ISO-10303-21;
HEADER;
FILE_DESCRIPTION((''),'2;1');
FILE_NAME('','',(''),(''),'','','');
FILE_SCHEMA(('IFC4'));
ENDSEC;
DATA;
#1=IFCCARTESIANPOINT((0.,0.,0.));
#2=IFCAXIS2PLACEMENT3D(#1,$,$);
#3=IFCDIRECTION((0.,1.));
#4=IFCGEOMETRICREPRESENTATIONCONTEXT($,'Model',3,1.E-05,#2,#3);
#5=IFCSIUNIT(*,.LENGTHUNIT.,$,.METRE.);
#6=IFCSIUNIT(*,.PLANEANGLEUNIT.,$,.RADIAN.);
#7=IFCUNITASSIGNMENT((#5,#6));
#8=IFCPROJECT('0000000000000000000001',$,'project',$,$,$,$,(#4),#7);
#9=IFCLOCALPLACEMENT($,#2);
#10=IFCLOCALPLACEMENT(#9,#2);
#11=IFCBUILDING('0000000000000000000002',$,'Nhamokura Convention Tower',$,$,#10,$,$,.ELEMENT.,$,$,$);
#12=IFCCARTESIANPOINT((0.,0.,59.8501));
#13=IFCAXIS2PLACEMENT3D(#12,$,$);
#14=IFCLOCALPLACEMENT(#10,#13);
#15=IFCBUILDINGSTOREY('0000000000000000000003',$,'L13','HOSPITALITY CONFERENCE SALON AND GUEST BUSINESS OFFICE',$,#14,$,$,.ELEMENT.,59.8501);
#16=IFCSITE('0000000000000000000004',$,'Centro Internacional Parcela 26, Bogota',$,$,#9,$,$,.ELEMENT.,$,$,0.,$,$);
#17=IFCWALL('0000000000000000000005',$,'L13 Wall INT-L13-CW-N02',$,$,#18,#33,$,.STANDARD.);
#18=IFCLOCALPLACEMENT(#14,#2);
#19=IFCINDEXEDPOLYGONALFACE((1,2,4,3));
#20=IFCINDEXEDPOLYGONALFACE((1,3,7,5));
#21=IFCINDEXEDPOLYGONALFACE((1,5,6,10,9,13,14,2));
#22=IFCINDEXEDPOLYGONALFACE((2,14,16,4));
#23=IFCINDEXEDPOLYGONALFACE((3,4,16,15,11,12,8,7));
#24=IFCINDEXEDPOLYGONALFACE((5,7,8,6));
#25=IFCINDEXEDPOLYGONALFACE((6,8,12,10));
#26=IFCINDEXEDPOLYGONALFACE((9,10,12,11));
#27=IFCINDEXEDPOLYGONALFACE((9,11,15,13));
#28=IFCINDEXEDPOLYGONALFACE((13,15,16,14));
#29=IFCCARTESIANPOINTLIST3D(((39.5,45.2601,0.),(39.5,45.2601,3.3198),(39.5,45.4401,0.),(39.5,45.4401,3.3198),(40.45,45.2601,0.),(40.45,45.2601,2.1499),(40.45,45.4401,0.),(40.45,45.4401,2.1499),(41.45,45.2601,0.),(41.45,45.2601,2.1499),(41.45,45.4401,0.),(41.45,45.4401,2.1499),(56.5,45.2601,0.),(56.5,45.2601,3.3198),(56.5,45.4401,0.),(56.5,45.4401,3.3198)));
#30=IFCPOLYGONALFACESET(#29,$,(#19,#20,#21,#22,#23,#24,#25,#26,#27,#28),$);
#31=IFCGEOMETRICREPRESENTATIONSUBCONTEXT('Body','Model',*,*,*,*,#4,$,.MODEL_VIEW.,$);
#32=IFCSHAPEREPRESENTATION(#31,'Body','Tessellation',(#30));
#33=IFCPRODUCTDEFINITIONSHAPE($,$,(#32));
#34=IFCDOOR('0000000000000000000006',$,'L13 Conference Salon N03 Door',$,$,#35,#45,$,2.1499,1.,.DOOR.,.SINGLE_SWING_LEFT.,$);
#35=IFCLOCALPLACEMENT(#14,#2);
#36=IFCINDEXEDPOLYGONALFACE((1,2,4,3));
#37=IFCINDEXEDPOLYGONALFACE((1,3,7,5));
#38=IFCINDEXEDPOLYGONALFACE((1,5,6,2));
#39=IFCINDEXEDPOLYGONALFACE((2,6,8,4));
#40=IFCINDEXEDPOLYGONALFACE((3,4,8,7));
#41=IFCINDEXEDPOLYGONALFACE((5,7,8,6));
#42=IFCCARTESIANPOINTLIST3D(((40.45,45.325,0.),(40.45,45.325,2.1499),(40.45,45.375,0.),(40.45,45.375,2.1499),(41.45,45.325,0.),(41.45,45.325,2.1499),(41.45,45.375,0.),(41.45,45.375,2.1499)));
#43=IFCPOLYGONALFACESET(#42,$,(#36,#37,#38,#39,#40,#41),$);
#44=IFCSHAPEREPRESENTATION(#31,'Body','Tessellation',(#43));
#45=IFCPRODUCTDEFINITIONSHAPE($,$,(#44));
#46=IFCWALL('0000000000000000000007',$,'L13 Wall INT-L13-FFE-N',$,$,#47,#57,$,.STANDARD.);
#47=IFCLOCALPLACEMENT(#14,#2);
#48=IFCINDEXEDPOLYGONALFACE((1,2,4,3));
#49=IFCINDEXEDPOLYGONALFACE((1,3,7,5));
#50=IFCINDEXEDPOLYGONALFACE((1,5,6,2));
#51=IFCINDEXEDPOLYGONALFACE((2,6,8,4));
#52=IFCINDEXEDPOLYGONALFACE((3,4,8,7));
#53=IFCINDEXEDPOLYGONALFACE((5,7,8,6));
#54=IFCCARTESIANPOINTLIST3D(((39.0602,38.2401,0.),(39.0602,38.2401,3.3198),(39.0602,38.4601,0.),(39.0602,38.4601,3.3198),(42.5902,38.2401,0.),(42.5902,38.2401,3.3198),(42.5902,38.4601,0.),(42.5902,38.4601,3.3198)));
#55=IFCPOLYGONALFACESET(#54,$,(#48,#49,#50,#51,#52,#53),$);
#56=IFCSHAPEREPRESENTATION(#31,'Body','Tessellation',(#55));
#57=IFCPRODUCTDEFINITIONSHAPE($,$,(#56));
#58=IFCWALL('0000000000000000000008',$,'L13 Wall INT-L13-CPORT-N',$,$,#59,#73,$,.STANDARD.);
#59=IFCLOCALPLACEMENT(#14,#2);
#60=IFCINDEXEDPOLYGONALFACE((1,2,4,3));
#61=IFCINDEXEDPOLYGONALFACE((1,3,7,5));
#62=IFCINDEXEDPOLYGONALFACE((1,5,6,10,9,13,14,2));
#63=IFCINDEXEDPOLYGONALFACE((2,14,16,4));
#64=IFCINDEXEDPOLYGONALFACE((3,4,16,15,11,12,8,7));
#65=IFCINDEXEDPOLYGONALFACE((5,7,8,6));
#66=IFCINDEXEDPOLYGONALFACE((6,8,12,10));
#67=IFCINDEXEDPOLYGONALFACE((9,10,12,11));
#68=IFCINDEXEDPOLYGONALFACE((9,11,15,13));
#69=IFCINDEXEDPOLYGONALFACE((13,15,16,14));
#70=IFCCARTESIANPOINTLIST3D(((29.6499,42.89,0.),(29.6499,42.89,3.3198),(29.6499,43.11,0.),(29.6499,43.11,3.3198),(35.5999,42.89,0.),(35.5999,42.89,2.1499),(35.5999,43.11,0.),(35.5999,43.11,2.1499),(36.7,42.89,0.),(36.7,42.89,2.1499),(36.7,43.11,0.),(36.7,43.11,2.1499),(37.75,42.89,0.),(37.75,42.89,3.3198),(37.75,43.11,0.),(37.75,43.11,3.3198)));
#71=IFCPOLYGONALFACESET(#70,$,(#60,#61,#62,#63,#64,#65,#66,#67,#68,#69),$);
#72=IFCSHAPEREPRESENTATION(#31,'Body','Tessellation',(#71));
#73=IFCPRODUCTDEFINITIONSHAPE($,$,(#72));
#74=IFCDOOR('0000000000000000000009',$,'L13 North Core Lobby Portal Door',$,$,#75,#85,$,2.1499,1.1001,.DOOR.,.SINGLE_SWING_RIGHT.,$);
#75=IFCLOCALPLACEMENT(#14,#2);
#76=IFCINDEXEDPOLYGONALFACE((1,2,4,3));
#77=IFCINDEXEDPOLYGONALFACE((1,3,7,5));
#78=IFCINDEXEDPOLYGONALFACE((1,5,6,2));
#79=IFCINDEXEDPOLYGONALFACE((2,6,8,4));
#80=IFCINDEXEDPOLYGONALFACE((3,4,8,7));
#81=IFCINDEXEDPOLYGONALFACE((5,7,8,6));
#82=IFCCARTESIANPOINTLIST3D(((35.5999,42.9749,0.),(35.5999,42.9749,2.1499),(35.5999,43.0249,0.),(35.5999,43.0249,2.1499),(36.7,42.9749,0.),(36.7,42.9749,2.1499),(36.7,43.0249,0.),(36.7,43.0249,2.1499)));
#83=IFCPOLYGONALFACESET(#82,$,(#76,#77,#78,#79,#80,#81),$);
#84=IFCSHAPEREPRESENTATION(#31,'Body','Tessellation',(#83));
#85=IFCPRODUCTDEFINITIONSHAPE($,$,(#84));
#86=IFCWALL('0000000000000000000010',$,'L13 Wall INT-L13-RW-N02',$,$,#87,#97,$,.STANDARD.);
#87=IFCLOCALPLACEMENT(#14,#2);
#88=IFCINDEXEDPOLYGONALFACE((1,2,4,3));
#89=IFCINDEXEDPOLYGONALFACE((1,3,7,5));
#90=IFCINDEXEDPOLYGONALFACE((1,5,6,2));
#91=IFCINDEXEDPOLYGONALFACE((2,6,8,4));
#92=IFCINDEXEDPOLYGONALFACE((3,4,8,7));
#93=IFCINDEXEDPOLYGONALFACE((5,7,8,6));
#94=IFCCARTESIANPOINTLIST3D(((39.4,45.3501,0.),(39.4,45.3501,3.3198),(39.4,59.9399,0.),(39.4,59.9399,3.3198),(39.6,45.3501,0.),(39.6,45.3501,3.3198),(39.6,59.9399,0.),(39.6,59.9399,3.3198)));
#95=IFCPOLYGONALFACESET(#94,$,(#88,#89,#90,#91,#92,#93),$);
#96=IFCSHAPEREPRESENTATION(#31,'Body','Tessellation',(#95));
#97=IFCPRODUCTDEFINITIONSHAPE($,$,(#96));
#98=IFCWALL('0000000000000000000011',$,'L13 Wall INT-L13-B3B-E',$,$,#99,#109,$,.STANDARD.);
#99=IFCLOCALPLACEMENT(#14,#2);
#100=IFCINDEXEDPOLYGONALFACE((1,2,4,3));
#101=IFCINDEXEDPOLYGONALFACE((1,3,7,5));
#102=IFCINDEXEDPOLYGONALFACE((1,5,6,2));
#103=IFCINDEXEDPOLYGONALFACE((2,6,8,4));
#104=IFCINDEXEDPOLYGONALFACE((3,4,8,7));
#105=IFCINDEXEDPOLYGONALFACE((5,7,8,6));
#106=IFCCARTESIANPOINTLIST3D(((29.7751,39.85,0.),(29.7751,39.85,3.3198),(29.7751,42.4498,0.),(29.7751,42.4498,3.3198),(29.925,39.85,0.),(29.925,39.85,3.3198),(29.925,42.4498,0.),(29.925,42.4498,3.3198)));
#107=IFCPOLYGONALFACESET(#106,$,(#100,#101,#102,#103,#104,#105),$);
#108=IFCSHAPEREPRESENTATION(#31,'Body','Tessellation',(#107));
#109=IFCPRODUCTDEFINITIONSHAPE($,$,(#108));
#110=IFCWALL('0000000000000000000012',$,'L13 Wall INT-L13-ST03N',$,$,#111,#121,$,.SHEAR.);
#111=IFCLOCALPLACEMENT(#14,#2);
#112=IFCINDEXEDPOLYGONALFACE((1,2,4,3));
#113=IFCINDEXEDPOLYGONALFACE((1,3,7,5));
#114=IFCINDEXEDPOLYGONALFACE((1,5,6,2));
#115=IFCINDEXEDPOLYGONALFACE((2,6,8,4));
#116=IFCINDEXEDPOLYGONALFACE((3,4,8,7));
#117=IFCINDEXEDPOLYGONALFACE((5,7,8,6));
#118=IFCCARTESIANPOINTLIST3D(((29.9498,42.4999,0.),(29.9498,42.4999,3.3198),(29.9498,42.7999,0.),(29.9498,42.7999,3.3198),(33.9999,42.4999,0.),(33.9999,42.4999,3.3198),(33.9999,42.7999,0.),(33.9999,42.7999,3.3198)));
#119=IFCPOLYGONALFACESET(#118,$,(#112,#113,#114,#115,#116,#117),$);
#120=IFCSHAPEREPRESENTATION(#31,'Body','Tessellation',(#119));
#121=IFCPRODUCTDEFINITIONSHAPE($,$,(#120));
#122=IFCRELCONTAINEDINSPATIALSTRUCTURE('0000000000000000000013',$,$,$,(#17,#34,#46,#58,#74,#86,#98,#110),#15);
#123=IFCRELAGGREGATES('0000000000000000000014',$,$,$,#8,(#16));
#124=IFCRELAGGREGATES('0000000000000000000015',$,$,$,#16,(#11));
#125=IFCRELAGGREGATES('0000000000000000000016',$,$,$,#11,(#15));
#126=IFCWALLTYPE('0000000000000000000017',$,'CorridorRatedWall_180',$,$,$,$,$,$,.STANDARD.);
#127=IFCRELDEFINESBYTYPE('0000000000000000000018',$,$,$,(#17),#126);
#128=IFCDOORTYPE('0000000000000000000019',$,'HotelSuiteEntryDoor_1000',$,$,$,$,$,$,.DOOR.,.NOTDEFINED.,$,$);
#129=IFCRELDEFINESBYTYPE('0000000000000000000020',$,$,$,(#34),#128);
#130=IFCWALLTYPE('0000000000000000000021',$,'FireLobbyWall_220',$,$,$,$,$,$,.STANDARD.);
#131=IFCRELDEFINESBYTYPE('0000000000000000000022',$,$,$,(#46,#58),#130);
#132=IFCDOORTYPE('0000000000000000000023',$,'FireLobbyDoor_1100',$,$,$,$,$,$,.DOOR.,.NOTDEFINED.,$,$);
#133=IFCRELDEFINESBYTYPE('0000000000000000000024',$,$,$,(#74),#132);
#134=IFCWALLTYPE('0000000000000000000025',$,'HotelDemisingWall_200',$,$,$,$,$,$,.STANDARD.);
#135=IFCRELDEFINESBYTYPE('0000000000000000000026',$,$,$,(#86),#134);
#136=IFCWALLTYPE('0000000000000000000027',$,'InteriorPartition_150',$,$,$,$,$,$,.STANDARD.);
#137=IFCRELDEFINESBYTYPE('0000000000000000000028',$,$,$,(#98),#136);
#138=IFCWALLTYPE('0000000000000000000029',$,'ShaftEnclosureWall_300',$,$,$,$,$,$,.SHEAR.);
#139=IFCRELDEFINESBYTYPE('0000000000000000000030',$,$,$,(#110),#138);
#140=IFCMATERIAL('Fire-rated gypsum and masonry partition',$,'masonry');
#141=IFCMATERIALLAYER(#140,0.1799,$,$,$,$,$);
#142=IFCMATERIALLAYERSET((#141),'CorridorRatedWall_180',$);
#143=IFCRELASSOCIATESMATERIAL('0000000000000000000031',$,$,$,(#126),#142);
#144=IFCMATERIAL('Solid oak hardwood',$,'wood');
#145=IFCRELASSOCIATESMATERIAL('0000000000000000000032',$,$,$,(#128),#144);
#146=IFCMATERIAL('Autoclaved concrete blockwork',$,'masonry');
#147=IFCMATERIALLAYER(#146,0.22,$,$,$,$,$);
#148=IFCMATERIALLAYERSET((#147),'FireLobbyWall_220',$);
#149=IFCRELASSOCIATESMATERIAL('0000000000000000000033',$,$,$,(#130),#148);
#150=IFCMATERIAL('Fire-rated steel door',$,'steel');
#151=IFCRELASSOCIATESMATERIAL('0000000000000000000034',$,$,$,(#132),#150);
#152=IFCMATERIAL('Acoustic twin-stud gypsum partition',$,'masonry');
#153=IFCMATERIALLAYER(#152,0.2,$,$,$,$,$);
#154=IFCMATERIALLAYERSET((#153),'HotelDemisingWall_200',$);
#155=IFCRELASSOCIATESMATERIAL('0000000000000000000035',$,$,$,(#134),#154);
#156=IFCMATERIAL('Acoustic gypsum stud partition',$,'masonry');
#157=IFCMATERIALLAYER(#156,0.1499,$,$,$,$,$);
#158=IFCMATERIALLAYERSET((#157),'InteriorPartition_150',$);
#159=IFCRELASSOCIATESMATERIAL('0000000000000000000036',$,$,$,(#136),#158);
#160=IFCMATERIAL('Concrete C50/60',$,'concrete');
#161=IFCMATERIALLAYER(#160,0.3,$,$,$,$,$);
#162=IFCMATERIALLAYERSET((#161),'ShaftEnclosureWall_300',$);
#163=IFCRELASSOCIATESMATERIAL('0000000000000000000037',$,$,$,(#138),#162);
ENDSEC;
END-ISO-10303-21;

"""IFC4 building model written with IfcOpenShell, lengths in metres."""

from ifc_helpers import new_model, si_unit, direction, frame, frame_2d, origin, place, context, subcontext, project, spatial, rectangle, extrude, material, layer, layer_set, type_object, element, fill, save


model = new_model("IFC4")

# Units and contexts
model_context = context("Model", 3, precision=1e-05, world=origin(), true_north=direction((0.0, 1.0)))
body_context = subcontext(model_context, "Body", "Model", "MODEL_VIEW")
ifc_project = project(units=[si_unit("LENGTHUNIT", "METRE"), si_unit("PLANEANGLEUNIT", "RADIAN")], contexts=[model_context])

# Site, building, storey
site_placement = place(None, origin())
site = spatial("IfcSite", under=ifc_project, at=site_placement, Name="Centro Internacional Parcela 26, Bogota", CompositionType="ELEMENT", RefElevation=0.0)
building_placement = place(site_placement, origin())
building = spatial("IfcBuilding", under=site, at=building_placement, Name="Nhamokura Convention Tower", CompositionType="ELEMENT")
storey_placement = place(building_placement, frame((0.0, 0.0, 59.8501)))
storey = spatial("IfcBuildingStorey", under=building, at=storey_placement, Name="L13", Description="HOSPITALITY CONFERENCE SALON AND GUEST BUSINESS OFFICE", CompositionType="ELEMENT", Elevation=59.8501)

# Wall, opening, door
ifc_material_1 = material(Name="Fire-rated gypsum and masonry partition", Category="masonry")
ifc_layer_1 = layer(ifc_material_1, 0.1799)
ifc_layer_set_1 = layer_set([ifc_layer_1], Name="CorridorRatedWall_180")
wall_type_1 = type_object("IfcWallType", Name="CorridorRatedWall_180", PredefinedType="STANDARD", material=ifc_layer_set_1)
wall_1_placement = place(storey_placement, frame((39.5, 45.3501, 0.0), z_axis=(0.0, 0.0, 1.0), x_axis=(1.0, 0.0, 0.0)))
wall_1 = element("IfcWall", 1, at=wall_1_placement, inside=storey, type_object=wall_type_1, Name="L13 Wall INT-L13-CW-N02", PredefinedType="STANDARD", context=body_context, shape_type="SweptSolid", body=[
    extrude(rectangle(XDim=17.0, YDim=0.1799, at=frame_2d((8.5, 0.0))), origin(), (0.0, 0.0, 1.0), 3.3198),
])
opening_1_placement = place(wall_1_placement, frame((0.95, 0.0, 0.0)))
opening_1 = element("IfcOpeningElement", 2, at=opening_1_placement, cuts=wall_1, PredefinedType="OPENING", context=body_context, shape_type="SweptSolid", body=[
    extrude(rectangle(XDim=1.0, YDim=2.1499, at=frame_2d((0.5, 1.075))), frame((0.0, 0.0999, 0.0), z_axis=(0.0, -1.0, 0.0), x_axis=(1.0, 0.0, 0.0)), (0.0, 0.0, 1.0), 0.2),
])
ifc_material_2 = material(Name="Solid oak hardwood", Category="wood")
door_type_1 = type_object("IfcDoorType", Name="HotelSuiteEntryDoor_1000", OperationType="NOTDEFINED", PredefinedType="DOOR", material=ifc_material_2)
door_1_placement = place(opening_1_placement, origin())
door_1 = element("IfcDoor", 3, at=door_1_placement, inside=storey, type_object=door_type_1, Name="L13 Conference Salon N03 Door", OperationType="SINGLE_SWING_LEFT", OverallHeight=2.1499, OverallWidth=1.0, PredefinedType="DOOR", context=body_context, shape_type="SweptSolid", body=[
    extrude(rectangle(XDim=1.0, YDim=2.1499, at=frame_2d((0.5, 1.075))), frame((0.0, 0.0249, 0.0), z_axis=(0.0, -1.0, 0.0), x_axis=(1.0, 0.0, 0.0)), (0.0, 0.0, 1.0), 0.05),
])
fill(opening_1, door_1)

# Wall
ifc_material_3 = material(Name="Autoclaved concrete blockwork", Category="masonry")
ifc_layer_2 = layer(ifc_material_3, 0.22)
ifc_layer_set_2 = layer_set([ifc_layer_2], Name="FireLobbyWall_220")
wall_type_2 = type_object("IfcWallType", Name="FireLobbyWall_220", PredefinedType="STANDARD", material=ifc_layer_set_2)
wall_2_placement = place(storey_placement, frame((39.0601, 38.3501, 0.0), z_axis=(0.0, 0.0, 1.0), x_axis=(1.0, 0.0, 0.0)))
element("IfcWall", 4, at=wall_2_placement, inside=storey, type_object=wall_type_2, Name="L13 Wall INT-L13-FFE-N", PredefinedType="STANDARD", context=body_context, shape_type="SweptSolid", body=[
    extrude(rectangle(XDim=3.53, YDim=0.22, at=frame_2d((1.7651, 0.0))), origin(), (0.0, 0.0, 1.0), 3.3198),
])

# Wall, opening, door
wall_3_placement = place(storey_placement, frame((29.6499, 43.0, 0.0), z_axis=(0.0, 0.0, 1.0), x_axis=(1.0, 0.0, 0.0)))
wall_3 = element("IfcWall", 5, at=wall_3_placement, inside=storey, type_object=wall_type_2, Name="L13 Wall INT-L13-CPORT-N", PredefinedType="STANDARD", context=body_context, shape_type="SweptSolid", body=[
    extrude(rectangle(XDim=8.1001, YDim=0.22, at=frame_2d((4.05, 0.0))), origin(), (0.0, 0.0, 1.0), 3.3198),
])
opening_2_placement = place(wall_3_placement, frame((5.95, 0.0, 0.0)))
opening_2 = element("IfcOpeningElement", 6, at=opening_2_placement, cuts=wall_3, PredefinedType="OPENING", context=body_context, shape_type="SweptSolid", body=[
    extrude(rectangle(XDim=1.1001, YDim=2.1499, at=frame_2d((0.55, 1.075))), frame((0.0, 0.1199, 0.0), z_axis=(0.0, -1.0, 0.0), x_axis=(1.0, 0.0, 0.0)), (0.0, 0.0, 1.0), 0.24),
])
ifc_material_4 = material(Name="Fire-rated steel door", Category="steel")
door_type_2 = type_object("IfcDoorType", Name="FireLobbyDoor_1100", OperationType="NOTDEFINED", PredefinedType="DOOR", material=ifc_material_4)
door_2_placement = place(opening_2_placement, origin())
door_2 = element("IfcDoor", 7, at=door_2_placement, inside=storey, type_object=door_type_2, Name="L13 North Core Lobby Portal Door", OperationType="SINGLE_SWING_RIGHT", OverallHeight=2.1499, OverallWidth=1.1001, PredefinedType="DOOR", context=body_context, shape_type="SweptSolid", body=[
    extrude(rectangle(XDim=1.1001, YDim=2.1499, at=frame_2d((0.55, 1.075))), frame((0.0, 0.0249, 0.0), z_axis=(0.0, -1.0, 0.0), x_axis=(1.0, 0.0, 0.0)), (0.0, 0.0, 1.0), 0.05),
])
fill(opening_2, door_2)

# Walls
ifc_material_5 = material(Name="Acoustic twin-stud gypsum partition", Category="masonry")
ifc_layer_3 = layer(ifc_material_5, 0.2)
ifc_layer_set_3 = layer_set([ifc_layer_3], Name="HotelDemisingWall_200")
wall_type_3 = type_object("IfcWallType", Name="HotelDemisingWall_200", PredefinedType="STANDARD", material=ifc_layer_set_3)
wall_4_placement = place(storey_placement, frame((39.5, 45.3501, 0.0), z_axis=(0.0, 0.0, 1.0), x_axis=(0.0, 1.0, 0.0)))
element("IfcWall", 8, at=wall_4_placement, inside=storey, type_object=wall_type_3, Name="L13 Wall INT-L13-RW-N02", PredefinedType="STANDARD", context=body_context, shape_type="SweptSolid", body=[
    extrude(rectangle(XDim=14.5898, YDim=0.2, at=frame_2d((7.2949, 0.0))), origin(), (0.0, 0.0, 1.0), 3.3198),
])
ifc_material_6 = material(Name="Acoustic gypsum stud partition", Category="masonry")
ifc_layer_4 = layer(ifc_material_6, 0.1499)
ifc_layer_set_4 = layer_set([ifc_layer_4], Name="InteriorPartition_150")
wall_type_4 = type_object("IfcWallType", Name="InteriorPartition_150", PredefinedType="STANDARD", material=ifc_layer_set_4)
wall_5_placement = place(storey_placement, frame((29.8501, 39.8501, 0.0), z_axis=(0.0, 0.0, 1.0), x_axis=(0.0, 1.0, 0.0)))
element("IfcWall", 9, at=wall_5_placement, inside=storey, type_object=wall_type_4, Name="L13 Wall INT-L13-B3B-E", PredefinedType="STANDARD", context=body_context, shape_type="SweptSolid", body=[
    extrude(rectangle(XDim=2.5999, YDim=0.1499, at=frame_2d((1.2998, 0.0))), origin(), (0.0, 0.0, 1.0), 3.3198),
])
ifc_material_7 = material(Name="Concrete C50/60", Category="concrete")
ifc_layer_5 = layer(ifc_material_7, 0.3)
ifc_layer_set_5 = layer_set([ifc_layer_5], Name="ShaftEnclosureWall_300")
wall_type_5 = type_object("IfcWallType", Name="ShaftEnclosureWall_300", PredefinedType="SHEAR", material=ifc_layer_set_5)
wall_6_placement = place(storey_placement, frame((29.95, 42.6499, 0.0), z_axis=(0.0, 0.0, 1.0), x_axis=(1.0, 0.0, 0.0)))
element("IfcWall", 10, at=wall_6_placement, inside=storey, type_object=wall_type_5, Name="L13 Wall INT-L13-ST03N", PredefinedType="SHEAR", context=body_context, shape_type="SweptSolid", body=[
    extrude(rectangle(XDim=4.05, YDim=0.3, at=frame_2d((2.0249, 0.0))), origin(), (0.0, 0.0, 1.0), 3.3198),
])

save(model, "model.ifc")
